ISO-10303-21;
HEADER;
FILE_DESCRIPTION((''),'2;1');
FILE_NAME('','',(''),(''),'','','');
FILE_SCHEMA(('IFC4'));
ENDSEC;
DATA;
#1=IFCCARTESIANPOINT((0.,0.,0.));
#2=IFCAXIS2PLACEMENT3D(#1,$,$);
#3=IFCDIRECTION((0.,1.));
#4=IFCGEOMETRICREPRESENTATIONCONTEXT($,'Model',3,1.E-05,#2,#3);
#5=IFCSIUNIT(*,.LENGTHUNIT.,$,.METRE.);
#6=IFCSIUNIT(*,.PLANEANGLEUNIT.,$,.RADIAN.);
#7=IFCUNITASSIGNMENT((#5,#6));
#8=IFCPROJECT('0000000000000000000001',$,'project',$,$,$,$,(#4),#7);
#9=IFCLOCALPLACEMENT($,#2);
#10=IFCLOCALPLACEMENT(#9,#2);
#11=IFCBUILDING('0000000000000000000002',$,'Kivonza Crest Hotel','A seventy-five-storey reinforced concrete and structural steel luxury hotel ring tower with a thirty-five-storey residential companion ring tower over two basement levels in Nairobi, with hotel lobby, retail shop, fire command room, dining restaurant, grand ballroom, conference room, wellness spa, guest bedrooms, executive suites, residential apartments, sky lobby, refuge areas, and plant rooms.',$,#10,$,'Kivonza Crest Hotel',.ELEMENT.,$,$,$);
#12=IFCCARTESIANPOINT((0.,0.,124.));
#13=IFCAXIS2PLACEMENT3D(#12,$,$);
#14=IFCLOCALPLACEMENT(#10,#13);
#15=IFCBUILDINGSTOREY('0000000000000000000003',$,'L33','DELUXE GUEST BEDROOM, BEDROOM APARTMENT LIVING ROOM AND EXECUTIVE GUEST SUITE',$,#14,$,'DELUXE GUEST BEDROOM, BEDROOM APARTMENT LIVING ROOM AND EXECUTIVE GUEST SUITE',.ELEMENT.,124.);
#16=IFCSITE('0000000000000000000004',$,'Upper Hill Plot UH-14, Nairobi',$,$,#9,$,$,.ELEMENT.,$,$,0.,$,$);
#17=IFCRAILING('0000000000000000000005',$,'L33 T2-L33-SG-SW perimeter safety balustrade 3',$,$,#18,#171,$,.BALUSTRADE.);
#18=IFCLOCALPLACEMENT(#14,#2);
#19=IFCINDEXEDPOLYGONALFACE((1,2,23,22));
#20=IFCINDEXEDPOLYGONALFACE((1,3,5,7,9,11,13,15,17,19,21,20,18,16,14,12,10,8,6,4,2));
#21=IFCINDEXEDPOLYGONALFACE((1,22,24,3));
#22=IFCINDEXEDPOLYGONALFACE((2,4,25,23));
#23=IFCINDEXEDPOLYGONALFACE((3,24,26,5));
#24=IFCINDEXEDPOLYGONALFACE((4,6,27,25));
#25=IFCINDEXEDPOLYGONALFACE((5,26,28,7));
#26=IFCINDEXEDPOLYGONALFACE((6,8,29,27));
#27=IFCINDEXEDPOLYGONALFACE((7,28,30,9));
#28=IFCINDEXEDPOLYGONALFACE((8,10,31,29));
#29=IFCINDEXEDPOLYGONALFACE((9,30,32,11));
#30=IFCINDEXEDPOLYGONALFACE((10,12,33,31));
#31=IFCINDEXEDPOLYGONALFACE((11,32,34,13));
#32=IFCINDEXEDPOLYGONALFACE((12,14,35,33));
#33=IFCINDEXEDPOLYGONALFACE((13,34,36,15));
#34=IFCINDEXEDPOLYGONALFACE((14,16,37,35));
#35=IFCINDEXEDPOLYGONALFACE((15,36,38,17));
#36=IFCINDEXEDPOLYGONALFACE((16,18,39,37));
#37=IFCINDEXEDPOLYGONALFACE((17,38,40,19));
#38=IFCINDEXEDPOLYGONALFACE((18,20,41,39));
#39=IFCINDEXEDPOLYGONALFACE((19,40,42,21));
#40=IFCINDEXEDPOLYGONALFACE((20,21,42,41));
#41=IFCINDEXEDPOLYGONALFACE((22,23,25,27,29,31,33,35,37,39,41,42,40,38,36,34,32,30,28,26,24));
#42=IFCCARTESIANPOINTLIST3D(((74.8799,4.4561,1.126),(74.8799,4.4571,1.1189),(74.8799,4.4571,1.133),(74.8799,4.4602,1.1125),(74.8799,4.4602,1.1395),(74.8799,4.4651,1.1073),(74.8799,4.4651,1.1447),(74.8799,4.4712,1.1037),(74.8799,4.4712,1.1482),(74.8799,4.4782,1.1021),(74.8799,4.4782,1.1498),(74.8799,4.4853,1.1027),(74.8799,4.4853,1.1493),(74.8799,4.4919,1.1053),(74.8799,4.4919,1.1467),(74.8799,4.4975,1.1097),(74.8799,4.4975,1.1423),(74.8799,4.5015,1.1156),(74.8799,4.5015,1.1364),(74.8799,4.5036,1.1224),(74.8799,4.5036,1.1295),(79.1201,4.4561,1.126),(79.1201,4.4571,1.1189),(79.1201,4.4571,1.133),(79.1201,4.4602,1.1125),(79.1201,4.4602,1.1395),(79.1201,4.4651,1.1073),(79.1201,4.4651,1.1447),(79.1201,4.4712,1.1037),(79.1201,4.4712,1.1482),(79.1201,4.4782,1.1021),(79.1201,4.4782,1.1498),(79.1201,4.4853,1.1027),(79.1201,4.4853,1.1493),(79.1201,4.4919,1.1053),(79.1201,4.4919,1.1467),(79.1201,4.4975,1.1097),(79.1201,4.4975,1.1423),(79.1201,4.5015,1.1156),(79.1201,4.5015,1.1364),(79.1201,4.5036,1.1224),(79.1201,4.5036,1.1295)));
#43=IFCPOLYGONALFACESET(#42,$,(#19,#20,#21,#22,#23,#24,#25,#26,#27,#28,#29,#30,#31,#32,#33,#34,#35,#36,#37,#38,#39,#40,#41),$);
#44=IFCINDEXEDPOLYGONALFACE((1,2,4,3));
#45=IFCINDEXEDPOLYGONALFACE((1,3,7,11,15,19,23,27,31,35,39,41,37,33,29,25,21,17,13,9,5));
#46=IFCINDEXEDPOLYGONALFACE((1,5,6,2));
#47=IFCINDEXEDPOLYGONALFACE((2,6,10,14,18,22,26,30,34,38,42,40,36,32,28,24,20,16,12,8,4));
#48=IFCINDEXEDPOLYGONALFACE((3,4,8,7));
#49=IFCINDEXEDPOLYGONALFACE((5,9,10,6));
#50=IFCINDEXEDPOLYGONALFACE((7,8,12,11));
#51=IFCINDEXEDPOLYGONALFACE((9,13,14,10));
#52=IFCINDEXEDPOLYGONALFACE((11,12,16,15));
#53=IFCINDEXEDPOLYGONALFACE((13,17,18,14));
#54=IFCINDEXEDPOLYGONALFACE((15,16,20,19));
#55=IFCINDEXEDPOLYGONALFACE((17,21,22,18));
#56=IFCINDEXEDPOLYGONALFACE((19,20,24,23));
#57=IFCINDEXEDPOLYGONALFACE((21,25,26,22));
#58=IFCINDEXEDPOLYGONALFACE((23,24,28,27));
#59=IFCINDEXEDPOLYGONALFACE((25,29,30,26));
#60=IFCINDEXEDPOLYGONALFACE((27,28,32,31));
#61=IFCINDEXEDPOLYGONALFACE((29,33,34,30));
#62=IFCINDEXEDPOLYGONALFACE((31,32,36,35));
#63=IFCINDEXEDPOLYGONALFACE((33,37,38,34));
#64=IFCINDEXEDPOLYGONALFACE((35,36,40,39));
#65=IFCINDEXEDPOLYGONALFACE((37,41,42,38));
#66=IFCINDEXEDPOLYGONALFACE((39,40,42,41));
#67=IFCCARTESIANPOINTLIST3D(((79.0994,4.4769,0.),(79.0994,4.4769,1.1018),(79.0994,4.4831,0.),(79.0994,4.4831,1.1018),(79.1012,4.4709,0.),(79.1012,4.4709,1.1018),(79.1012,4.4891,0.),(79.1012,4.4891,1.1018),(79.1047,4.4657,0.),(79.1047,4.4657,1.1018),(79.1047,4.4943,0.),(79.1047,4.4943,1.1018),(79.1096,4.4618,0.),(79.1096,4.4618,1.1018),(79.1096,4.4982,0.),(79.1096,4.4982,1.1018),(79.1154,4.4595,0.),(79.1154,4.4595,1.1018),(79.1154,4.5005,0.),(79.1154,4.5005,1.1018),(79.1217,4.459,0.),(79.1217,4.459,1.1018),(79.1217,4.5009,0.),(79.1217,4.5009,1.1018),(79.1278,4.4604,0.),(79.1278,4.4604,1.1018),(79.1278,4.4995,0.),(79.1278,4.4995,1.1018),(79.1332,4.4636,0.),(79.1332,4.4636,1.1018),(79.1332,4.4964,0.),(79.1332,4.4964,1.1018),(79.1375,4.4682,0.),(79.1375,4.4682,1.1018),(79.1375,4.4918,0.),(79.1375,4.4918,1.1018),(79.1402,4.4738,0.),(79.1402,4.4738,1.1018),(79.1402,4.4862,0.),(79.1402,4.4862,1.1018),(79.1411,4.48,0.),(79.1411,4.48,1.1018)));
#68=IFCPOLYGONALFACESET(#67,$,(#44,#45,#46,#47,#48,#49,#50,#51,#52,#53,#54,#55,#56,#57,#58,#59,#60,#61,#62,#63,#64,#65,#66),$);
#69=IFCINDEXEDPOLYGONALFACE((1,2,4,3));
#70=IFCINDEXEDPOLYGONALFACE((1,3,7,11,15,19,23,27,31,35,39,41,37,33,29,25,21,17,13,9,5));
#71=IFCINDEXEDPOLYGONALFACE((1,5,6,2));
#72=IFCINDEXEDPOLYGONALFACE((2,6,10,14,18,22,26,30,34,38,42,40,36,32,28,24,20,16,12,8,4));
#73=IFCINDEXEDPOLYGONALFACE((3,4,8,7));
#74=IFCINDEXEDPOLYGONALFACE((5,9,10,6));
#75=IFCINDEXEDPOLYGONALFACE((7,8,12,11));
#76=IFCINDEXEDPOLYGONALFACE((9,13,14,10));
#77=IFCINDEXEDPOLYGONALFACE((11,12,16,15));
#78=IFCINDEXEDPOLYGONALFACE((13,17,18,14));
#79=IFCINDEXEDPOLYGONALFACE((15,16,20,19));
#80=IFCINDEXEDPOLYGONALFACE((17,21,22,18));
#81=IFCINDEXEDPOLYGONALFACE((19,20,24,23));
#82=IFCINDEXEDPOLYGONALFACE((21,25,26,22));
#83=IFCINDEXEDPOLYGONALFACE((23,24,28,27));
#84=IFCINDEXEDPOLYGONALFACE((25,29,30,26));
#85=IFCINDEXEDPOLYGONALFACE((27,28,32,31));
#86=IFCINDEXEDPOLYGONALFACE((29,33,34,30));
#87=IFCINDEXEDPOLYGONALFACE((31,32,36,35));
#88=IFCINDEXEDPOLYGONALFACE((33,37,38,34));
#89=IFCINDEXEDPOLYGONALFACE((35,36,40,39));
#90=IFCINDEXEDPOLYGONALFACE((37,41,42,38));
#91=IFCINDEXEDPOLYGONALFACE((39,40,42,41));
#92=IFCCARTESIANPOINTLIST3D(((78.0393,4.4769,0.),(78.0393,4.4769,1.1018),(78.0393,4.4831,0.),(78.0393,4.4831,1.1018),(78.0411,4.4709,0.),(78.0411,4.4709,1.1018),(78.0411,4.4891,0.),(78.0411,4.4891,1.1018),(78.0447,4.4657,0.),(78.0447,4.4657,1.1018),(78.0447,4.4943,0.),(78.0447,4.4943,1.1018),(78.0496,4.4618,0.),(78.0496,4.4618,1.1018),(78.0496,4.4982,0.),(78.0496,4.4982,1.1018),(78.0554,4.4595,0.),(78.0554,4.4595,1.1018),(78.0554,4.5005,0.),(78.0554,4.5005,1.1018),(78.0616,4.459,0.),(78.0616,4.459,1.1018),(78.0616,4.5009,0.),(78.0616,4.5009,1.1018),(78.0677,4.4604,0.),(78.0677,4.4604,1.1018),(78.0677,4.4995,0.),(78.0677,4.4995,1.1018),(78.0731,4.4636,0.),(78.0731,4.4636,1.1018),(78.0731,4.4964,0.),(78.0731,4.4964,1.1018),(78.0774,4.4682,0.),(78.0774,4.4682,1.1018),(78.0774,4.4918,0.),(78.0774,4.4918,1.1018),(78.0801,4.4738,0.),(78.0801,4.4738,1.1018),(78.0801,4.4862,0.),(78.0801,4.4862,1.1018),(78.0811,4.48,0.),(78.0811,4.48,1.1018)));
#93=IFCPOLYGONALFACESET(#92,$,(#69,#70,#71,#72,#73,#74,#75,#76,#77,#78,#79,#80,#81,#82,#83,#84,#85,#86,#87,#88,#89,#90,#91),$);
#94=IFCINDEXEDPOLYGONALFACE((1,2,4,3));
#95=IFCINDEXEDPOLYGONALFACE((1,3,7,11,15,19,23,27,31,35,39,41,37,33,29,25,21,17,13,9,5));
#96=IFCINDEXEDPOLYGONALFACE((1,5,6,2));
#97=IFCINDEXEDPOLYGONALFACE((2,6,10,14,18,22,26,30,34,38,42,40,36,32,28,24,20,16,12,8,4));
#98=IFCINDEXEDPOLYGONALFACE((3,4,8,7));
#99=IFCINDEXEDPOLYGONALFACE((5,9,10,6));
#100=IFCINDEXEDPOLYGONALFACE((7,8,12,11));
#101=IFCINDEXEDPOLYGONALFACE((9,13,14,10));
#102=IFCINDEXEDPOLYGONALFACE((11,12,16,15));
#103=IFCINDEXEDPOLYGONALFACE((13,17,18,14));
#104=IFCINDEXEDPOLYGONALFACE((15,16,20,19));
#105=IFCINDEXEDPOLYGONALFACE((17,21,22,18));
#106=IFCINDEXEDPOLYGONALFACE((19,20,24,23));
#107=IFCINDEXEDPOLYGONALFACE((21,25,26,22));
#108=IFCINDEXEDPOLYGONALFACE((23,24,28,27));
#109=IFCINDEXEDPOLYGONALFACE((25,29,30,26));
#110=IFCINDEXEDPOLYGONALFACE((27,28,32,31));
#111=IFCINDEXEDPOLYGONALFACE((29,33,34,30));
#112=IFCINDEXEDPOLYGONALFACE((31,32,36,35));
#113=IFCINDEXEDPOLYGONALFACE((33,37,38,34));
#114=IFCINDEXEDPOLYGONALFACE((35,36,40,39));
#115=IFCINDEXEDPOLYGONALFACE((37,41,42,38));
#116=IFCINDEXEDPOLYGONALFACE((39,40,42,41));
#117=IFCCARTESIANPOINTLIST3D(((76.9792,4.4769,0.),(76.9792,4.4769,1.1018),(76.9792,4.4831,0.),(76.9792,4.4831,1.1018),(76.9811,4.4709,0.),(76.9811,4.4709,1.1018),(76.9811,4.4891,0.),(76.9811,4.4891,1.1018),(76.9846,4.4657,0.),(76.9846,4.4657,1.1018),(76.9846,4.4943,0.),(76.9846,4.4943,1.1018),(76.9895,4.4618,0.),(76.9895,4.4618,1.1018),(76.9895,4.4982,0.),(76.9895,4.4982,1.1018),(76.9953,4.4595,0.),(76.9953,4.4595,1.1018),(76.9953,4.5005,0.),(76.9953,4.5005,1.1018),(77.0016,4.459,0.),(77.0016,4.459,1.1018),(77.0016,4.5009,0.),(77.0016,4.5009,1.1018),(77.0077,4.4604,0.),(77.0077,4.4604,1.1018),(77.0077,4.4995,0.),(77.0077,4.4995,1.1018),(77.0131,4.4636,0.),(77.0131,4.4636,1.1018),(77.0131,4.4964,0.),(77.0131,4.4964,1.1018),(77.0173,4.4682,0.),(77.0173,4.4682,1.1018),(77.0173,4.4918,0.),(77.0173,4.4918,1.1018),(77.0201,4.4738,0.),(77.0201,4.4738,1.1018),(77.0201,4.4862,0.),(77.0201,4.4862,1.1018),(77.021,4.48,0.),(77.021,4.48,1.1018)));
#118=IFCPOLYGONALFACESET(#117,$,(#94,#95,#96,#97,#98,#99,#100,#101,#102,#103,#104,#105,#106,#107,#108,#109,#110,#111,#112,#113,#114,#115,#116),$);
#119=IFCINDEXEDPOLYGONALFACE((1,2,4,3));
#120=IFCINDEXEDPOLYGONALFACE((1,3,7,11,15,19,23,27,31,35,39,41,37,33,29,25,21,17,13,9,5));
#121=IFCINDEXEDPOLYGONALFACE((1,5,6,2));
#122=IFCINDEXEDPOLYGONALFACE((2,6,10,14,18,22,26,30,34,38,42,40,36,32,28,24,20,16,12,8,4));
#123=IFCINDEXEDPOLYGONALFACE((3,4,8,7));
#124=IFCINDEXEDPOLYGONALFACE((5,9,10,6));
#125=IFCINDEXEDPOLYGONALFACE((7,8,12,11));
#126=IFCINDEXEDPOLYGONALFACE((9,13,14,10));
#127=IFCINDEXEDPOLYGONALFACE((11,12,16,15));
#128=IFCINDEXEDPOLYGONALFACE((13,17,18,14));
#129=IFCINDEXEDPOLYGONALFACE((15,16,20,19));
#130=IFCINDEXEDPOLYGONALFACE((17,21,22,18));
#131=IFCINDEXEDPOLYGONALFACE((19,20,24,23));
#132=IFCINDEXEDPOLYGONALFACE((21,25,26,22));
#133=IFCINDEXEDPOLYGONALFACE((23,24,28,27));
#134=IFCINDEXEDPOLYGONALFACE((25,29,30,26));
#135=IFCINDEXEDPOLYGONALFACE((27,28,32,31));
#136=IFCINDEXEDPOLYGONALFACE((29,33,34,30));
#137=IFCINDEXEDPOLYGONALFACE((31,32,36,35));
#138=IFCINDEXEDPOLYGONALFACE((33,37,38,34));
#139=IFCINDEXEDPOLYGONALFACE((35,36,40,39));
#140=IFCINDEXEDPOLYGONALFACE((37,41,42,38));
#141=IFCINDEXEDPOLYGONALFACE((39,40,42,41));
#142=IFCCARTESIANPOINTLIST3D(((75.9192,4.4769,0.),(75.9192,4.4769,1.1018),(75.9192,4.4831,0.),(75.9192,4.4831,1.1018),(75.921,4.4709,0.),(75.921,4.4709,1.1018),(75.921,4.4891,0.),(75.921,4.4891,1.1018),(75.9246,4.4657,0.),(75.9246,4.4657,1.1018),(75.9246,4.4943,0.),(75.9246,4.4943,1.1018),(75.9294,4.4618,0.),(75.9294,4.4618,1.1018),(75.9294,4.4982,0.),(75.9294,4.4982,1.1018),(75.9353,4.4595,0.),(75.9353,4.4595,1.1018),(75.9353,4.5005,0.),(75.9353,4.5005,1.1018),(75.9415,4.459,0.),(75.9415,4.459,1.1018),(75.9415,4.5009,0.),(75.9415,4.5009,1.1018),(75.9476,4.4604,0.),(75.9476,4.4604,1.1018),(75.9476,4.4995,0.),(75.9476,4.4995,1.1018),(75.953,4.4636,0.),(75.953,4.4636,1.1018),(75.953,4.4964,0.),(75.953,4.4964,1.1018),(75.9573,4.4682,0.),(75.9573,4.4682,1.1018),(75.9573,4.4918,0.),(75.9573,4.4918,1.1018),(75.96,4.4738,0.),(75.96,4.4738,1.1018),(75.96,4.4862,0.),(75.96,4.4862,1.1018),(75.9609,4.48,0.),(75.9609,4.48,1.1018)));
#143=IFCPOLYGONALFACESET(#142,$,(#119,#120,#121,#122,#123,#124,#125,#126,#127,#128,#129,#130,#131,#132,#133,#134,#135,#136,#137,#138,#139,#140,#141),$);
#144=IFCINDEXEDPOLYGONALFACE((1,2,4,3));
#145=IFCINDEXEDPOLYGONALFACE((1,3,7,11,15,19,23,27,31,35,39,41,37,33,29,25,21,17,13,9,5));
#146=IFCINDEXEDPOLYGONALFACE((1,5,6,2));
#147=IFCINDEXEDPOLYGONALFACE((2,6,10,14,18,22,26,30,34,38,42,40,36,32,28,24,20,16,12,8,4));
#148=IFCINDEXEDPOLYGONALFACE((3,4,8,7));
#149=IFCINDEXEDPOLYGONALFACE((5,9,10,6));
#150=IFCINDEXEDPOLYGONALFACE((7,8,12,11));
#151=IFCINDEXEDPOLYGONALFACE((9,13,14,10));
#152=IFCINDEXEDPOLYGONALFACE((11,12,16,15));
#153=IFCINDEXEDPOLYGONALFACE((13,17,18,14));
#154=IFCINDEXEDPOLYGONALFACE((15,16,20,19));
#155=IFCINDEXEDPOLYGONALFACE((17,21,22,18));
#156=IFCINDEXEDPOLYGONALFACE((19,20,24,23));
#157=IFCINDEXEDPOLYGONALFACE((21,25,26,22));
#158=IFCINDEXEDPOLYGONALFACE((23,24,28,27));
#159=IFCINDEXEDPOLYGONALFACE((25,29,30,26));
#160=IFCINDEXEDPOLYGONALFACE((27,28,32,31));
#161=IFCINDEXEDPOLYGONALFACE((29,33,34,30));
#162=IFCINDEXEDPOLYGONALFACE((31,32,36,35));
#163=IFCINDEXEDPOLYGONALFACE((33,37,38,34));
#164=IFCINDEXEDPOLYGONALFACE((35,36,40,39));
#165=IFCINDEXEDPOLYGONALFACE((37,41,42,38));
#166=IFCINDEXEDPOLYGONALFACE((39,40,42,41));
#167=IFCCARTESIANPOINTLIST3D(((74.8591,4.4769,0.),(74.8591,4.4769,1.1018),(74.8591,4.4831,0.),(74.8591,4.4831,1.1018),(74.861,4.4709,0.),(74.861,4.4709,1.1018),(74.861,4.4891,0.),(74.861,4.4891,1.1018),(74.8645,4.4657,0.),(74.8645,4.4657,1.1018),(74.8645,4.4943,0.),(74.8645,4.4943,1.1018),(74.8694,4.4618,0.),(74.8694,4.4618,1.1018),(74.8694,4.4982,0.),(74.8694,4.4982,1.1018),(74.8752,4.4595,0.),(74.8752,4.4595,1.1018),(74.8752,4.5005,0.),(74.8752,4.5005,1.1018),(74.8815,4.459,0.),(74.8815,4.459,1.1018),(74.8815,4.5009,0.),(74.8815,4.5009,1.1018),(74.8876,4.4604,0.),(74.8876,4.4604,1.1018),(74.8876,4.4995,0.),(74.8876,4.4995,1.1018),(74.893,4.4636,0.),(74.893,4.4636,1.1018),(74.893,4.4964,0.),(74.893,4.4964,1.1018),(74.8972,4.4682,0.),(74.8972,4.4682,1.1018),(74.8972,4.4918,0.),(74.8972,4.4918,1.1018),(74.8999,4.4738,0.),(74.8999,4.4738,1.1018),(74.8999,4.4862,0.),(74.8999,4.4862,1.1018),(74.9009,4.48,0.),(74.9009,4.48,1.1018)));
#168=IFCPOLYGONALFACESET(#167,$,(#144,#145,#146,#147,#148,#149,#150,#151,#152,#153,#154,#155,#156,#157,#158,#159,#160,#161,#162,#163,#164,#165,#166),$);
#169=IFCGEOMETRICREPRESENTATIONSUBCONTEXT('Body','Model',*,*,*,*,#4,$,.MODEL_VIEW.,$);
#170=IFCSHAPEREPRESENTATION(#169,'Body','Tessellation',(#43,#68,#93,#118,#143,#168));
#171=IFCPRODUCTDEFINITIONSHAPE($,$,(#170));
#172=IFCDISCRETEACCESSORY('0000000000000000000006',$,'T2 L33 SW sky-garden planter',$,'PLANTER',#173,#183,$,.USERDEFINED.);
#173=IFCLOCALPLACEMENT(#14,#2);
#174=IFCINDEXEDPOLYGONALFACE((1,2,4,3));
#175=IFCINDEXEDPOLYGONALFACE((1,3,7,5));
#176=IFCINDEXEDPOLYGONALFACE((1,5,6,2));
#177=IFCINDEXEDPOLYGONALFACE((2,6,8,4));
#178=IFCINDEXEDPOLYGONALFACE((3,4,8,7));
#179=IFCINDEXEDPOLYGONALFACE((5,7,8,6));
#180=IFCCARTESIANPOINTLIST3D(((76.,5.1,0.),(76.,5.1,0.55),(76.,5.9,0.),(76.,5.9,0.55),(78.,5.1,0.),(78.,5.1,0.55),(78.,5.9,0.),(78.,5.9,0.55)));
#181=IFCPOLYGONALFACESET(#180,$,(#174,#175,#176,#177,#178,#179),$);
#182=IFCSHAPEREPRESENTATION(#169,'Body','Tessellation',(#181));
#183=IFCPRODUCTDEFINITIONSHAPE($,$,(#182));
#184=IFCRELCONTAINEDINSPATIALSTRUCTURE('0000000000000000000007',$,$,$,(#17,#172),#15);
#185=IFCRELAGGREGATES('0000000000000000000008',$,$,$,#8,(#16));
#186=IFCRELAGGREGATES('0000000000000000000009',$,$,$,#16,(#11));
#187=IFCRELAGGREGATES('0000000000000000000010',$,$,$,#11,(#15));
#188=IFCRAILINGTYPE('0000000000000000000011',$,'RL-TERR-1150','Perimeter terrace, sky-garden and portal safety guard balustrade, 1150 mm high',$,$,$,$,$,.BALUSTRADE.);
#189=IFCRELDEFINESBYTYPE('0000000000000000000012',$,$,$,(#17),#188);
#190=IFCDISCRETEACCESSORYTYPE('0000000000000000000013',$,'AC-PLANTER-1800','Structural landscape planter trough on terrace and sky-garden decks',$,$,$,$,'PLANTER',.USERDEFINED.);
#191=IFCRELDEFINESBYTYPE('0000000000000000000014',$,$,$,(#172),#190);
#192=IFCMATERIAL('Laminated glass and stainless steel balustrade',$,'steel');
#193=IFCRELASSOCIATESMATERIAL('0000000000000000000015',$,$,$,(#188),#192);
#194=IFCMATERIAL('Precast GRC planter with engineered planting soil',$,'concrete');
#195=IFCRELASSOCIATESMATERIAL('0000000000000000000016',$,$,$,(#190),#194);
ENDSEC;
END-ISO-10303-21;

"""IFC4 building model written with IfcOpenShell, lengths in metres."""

from ifc_helpers import new_model, si_unit, direction, frame, origin, origin_2d, place, context, subcontext, project, spatial, rectangle, circle, extrude, material, type_object, element, save


model = new_model("IFC4")

# Units and contexts
model_context = context("Model", 3, precision=1e-05, world=origin(), true_north=direction((0.0, 1.0)))
body_context = subcontext(model_context, "Body", "Model", "MODEL_VIEW")
ifc_project = project(units=[si_unit("LENGTHUNIT", "METRE"), si_unit("PLANEANGLEUNIT", "RADIAN")], contexts=[model_context])

# Site, building, storey
site_placement = place(None, origin())
site = spatial("IfcSite", under=ifc_project, at=site_placement, Name="Upper Hill Plot UH-14, Nairobi", CompositionType="ELEMENT", RefElevation=0.0)
building_placement = place(site_placement, origin())
building = spatial("IfcBuilding", under=site, at=building_placement, Name="Kivonza Crest Hotel", Description="A seventy-five-storey reinforced concrete and structural steel luxury hotel ring tower with a thirty-five-storey residential companion ring tower over two basement levels in Nairobi, with hotel lobby, retail shop, fire command room, dining restaurant, grand ballroom, conference room, wellness spa, guest bedrooms, executive suites, residential apartments, sky lobby, refuge areas, and plant rooms.", LongName="Kivonza Crest Hotel", CompositionType="ELEMENT")
storey_placement = place(building_placement, frame((0.0, 0.0, 124.0)))
storey = spatial("IfcBuildingStorey", under=building, at=storey_placement, Name="L33", Description="DELUXE GUEST BEDROOM, BEDROOM APARTMENT LIVING ROOM AND EXECUTIVE GUEST SUITE", LongName="DELUXE GUEST BEDROOM, BEDROOM APARTMENT LIVING ROOM AND EXECUTIVE GUEST SUITE", CompositionType="ELEMENT", Elevation=124.0)

# Railing
ifc_material_1 = material(Name="Laminated glass and stainless steel balustrade", Category="steel")
railing_type = type_object("IfcRailingType", Name="RL-TERR-1150", Description="Perimeter terrace, sky-garden and portal safety guard balustrade, 1150 mm high", PredefinedType="BALUSTRADE", material=ifc_material_1)
railing_1_placement = place(storey_placement, frame((79.1201, 4.48, 0.0)))
element("IfcRailing", 1, at=railing_1_placement, inside=storey, type_object=railing_type, Name="L33 T2-L33-SG-SW perimeter safety balustrade 3", PredefinedType="BALUSTRADE", context=body_context, shape_type="SweptSolid", body=[
    extrude(circle(Radius=0.0239, at=origin_2d()), frame((0.0, 0.0, 1.126), z_axis=(-1.0, 0.0, 0.0), x_axis=(0.0, -1.0, 0.0)), (0.0, 0.0, 1.0), 4.2402),
    extrude(circle(Radius=0.021, at=origin_2d()), origin(), (0.0, 0.0, 1.0), 1.1018),
    extrude(circle(Radius=0.021, at=origin_2d()), frame((-1.0601, 0.0, 0.0)), (0.0, 0.0, 1.0), 1.1018),
    extrude(circle(Radius=0.021, at=origin_2d()), frame((-2.1201, 0.0, 0.0)), (0.0, 0.0, 1.0), 1.1018),
    extrude(circle(Radius=0.021, at=origin_2d()), frame((-3.1802, 0.0, 0.0)), (0.0, 0.0, 1.0), 1.1018),
    extrude(circle(Radius=0.021, at=origin_2d()), frame((-4.2402, 0.0, 0.0)), (0.0, 0.0, 1.0), 1.1018),
])

# Discrete accessory
ifc_material_2 = material(Name="Precast GRC planter with engineered planting soil", Category="concrete")
discrete_accessory_type = type_object("IfcDiscreteAccessoryType", Name="AC-PLANTER-1800", Description="Structural landscape planter trough on terrace and sky-garden decks", ElementType="PLANTER", PredefinedType="USERDEFINED", material=ifc_material_2)
discrete_accessory_placement = place(storey_placement, frame((77.0, 5.5, 0.0), z_axis=(0.0, 0.0, 1.0), x_axis=(1.0, 0.0, 0.0)))
element("IfcDiscreteAccessory", 2, at=discrete_accessory_placement, inside=storey, type_object=discrete_accessory_type, Name="T2 L33 SW sky-garden planter", ObjectType="PLANTER", PredefinedType="USERDEFINED", context=body_context, shape_type="SweptSolid", body=[
    extrude(rectangle(XDim=2.0, YDim=0.8, at=origin_2d()), origin(), (0.0, 0.0, 1.0), 0.55),
])

save(model, "model.ifc")
